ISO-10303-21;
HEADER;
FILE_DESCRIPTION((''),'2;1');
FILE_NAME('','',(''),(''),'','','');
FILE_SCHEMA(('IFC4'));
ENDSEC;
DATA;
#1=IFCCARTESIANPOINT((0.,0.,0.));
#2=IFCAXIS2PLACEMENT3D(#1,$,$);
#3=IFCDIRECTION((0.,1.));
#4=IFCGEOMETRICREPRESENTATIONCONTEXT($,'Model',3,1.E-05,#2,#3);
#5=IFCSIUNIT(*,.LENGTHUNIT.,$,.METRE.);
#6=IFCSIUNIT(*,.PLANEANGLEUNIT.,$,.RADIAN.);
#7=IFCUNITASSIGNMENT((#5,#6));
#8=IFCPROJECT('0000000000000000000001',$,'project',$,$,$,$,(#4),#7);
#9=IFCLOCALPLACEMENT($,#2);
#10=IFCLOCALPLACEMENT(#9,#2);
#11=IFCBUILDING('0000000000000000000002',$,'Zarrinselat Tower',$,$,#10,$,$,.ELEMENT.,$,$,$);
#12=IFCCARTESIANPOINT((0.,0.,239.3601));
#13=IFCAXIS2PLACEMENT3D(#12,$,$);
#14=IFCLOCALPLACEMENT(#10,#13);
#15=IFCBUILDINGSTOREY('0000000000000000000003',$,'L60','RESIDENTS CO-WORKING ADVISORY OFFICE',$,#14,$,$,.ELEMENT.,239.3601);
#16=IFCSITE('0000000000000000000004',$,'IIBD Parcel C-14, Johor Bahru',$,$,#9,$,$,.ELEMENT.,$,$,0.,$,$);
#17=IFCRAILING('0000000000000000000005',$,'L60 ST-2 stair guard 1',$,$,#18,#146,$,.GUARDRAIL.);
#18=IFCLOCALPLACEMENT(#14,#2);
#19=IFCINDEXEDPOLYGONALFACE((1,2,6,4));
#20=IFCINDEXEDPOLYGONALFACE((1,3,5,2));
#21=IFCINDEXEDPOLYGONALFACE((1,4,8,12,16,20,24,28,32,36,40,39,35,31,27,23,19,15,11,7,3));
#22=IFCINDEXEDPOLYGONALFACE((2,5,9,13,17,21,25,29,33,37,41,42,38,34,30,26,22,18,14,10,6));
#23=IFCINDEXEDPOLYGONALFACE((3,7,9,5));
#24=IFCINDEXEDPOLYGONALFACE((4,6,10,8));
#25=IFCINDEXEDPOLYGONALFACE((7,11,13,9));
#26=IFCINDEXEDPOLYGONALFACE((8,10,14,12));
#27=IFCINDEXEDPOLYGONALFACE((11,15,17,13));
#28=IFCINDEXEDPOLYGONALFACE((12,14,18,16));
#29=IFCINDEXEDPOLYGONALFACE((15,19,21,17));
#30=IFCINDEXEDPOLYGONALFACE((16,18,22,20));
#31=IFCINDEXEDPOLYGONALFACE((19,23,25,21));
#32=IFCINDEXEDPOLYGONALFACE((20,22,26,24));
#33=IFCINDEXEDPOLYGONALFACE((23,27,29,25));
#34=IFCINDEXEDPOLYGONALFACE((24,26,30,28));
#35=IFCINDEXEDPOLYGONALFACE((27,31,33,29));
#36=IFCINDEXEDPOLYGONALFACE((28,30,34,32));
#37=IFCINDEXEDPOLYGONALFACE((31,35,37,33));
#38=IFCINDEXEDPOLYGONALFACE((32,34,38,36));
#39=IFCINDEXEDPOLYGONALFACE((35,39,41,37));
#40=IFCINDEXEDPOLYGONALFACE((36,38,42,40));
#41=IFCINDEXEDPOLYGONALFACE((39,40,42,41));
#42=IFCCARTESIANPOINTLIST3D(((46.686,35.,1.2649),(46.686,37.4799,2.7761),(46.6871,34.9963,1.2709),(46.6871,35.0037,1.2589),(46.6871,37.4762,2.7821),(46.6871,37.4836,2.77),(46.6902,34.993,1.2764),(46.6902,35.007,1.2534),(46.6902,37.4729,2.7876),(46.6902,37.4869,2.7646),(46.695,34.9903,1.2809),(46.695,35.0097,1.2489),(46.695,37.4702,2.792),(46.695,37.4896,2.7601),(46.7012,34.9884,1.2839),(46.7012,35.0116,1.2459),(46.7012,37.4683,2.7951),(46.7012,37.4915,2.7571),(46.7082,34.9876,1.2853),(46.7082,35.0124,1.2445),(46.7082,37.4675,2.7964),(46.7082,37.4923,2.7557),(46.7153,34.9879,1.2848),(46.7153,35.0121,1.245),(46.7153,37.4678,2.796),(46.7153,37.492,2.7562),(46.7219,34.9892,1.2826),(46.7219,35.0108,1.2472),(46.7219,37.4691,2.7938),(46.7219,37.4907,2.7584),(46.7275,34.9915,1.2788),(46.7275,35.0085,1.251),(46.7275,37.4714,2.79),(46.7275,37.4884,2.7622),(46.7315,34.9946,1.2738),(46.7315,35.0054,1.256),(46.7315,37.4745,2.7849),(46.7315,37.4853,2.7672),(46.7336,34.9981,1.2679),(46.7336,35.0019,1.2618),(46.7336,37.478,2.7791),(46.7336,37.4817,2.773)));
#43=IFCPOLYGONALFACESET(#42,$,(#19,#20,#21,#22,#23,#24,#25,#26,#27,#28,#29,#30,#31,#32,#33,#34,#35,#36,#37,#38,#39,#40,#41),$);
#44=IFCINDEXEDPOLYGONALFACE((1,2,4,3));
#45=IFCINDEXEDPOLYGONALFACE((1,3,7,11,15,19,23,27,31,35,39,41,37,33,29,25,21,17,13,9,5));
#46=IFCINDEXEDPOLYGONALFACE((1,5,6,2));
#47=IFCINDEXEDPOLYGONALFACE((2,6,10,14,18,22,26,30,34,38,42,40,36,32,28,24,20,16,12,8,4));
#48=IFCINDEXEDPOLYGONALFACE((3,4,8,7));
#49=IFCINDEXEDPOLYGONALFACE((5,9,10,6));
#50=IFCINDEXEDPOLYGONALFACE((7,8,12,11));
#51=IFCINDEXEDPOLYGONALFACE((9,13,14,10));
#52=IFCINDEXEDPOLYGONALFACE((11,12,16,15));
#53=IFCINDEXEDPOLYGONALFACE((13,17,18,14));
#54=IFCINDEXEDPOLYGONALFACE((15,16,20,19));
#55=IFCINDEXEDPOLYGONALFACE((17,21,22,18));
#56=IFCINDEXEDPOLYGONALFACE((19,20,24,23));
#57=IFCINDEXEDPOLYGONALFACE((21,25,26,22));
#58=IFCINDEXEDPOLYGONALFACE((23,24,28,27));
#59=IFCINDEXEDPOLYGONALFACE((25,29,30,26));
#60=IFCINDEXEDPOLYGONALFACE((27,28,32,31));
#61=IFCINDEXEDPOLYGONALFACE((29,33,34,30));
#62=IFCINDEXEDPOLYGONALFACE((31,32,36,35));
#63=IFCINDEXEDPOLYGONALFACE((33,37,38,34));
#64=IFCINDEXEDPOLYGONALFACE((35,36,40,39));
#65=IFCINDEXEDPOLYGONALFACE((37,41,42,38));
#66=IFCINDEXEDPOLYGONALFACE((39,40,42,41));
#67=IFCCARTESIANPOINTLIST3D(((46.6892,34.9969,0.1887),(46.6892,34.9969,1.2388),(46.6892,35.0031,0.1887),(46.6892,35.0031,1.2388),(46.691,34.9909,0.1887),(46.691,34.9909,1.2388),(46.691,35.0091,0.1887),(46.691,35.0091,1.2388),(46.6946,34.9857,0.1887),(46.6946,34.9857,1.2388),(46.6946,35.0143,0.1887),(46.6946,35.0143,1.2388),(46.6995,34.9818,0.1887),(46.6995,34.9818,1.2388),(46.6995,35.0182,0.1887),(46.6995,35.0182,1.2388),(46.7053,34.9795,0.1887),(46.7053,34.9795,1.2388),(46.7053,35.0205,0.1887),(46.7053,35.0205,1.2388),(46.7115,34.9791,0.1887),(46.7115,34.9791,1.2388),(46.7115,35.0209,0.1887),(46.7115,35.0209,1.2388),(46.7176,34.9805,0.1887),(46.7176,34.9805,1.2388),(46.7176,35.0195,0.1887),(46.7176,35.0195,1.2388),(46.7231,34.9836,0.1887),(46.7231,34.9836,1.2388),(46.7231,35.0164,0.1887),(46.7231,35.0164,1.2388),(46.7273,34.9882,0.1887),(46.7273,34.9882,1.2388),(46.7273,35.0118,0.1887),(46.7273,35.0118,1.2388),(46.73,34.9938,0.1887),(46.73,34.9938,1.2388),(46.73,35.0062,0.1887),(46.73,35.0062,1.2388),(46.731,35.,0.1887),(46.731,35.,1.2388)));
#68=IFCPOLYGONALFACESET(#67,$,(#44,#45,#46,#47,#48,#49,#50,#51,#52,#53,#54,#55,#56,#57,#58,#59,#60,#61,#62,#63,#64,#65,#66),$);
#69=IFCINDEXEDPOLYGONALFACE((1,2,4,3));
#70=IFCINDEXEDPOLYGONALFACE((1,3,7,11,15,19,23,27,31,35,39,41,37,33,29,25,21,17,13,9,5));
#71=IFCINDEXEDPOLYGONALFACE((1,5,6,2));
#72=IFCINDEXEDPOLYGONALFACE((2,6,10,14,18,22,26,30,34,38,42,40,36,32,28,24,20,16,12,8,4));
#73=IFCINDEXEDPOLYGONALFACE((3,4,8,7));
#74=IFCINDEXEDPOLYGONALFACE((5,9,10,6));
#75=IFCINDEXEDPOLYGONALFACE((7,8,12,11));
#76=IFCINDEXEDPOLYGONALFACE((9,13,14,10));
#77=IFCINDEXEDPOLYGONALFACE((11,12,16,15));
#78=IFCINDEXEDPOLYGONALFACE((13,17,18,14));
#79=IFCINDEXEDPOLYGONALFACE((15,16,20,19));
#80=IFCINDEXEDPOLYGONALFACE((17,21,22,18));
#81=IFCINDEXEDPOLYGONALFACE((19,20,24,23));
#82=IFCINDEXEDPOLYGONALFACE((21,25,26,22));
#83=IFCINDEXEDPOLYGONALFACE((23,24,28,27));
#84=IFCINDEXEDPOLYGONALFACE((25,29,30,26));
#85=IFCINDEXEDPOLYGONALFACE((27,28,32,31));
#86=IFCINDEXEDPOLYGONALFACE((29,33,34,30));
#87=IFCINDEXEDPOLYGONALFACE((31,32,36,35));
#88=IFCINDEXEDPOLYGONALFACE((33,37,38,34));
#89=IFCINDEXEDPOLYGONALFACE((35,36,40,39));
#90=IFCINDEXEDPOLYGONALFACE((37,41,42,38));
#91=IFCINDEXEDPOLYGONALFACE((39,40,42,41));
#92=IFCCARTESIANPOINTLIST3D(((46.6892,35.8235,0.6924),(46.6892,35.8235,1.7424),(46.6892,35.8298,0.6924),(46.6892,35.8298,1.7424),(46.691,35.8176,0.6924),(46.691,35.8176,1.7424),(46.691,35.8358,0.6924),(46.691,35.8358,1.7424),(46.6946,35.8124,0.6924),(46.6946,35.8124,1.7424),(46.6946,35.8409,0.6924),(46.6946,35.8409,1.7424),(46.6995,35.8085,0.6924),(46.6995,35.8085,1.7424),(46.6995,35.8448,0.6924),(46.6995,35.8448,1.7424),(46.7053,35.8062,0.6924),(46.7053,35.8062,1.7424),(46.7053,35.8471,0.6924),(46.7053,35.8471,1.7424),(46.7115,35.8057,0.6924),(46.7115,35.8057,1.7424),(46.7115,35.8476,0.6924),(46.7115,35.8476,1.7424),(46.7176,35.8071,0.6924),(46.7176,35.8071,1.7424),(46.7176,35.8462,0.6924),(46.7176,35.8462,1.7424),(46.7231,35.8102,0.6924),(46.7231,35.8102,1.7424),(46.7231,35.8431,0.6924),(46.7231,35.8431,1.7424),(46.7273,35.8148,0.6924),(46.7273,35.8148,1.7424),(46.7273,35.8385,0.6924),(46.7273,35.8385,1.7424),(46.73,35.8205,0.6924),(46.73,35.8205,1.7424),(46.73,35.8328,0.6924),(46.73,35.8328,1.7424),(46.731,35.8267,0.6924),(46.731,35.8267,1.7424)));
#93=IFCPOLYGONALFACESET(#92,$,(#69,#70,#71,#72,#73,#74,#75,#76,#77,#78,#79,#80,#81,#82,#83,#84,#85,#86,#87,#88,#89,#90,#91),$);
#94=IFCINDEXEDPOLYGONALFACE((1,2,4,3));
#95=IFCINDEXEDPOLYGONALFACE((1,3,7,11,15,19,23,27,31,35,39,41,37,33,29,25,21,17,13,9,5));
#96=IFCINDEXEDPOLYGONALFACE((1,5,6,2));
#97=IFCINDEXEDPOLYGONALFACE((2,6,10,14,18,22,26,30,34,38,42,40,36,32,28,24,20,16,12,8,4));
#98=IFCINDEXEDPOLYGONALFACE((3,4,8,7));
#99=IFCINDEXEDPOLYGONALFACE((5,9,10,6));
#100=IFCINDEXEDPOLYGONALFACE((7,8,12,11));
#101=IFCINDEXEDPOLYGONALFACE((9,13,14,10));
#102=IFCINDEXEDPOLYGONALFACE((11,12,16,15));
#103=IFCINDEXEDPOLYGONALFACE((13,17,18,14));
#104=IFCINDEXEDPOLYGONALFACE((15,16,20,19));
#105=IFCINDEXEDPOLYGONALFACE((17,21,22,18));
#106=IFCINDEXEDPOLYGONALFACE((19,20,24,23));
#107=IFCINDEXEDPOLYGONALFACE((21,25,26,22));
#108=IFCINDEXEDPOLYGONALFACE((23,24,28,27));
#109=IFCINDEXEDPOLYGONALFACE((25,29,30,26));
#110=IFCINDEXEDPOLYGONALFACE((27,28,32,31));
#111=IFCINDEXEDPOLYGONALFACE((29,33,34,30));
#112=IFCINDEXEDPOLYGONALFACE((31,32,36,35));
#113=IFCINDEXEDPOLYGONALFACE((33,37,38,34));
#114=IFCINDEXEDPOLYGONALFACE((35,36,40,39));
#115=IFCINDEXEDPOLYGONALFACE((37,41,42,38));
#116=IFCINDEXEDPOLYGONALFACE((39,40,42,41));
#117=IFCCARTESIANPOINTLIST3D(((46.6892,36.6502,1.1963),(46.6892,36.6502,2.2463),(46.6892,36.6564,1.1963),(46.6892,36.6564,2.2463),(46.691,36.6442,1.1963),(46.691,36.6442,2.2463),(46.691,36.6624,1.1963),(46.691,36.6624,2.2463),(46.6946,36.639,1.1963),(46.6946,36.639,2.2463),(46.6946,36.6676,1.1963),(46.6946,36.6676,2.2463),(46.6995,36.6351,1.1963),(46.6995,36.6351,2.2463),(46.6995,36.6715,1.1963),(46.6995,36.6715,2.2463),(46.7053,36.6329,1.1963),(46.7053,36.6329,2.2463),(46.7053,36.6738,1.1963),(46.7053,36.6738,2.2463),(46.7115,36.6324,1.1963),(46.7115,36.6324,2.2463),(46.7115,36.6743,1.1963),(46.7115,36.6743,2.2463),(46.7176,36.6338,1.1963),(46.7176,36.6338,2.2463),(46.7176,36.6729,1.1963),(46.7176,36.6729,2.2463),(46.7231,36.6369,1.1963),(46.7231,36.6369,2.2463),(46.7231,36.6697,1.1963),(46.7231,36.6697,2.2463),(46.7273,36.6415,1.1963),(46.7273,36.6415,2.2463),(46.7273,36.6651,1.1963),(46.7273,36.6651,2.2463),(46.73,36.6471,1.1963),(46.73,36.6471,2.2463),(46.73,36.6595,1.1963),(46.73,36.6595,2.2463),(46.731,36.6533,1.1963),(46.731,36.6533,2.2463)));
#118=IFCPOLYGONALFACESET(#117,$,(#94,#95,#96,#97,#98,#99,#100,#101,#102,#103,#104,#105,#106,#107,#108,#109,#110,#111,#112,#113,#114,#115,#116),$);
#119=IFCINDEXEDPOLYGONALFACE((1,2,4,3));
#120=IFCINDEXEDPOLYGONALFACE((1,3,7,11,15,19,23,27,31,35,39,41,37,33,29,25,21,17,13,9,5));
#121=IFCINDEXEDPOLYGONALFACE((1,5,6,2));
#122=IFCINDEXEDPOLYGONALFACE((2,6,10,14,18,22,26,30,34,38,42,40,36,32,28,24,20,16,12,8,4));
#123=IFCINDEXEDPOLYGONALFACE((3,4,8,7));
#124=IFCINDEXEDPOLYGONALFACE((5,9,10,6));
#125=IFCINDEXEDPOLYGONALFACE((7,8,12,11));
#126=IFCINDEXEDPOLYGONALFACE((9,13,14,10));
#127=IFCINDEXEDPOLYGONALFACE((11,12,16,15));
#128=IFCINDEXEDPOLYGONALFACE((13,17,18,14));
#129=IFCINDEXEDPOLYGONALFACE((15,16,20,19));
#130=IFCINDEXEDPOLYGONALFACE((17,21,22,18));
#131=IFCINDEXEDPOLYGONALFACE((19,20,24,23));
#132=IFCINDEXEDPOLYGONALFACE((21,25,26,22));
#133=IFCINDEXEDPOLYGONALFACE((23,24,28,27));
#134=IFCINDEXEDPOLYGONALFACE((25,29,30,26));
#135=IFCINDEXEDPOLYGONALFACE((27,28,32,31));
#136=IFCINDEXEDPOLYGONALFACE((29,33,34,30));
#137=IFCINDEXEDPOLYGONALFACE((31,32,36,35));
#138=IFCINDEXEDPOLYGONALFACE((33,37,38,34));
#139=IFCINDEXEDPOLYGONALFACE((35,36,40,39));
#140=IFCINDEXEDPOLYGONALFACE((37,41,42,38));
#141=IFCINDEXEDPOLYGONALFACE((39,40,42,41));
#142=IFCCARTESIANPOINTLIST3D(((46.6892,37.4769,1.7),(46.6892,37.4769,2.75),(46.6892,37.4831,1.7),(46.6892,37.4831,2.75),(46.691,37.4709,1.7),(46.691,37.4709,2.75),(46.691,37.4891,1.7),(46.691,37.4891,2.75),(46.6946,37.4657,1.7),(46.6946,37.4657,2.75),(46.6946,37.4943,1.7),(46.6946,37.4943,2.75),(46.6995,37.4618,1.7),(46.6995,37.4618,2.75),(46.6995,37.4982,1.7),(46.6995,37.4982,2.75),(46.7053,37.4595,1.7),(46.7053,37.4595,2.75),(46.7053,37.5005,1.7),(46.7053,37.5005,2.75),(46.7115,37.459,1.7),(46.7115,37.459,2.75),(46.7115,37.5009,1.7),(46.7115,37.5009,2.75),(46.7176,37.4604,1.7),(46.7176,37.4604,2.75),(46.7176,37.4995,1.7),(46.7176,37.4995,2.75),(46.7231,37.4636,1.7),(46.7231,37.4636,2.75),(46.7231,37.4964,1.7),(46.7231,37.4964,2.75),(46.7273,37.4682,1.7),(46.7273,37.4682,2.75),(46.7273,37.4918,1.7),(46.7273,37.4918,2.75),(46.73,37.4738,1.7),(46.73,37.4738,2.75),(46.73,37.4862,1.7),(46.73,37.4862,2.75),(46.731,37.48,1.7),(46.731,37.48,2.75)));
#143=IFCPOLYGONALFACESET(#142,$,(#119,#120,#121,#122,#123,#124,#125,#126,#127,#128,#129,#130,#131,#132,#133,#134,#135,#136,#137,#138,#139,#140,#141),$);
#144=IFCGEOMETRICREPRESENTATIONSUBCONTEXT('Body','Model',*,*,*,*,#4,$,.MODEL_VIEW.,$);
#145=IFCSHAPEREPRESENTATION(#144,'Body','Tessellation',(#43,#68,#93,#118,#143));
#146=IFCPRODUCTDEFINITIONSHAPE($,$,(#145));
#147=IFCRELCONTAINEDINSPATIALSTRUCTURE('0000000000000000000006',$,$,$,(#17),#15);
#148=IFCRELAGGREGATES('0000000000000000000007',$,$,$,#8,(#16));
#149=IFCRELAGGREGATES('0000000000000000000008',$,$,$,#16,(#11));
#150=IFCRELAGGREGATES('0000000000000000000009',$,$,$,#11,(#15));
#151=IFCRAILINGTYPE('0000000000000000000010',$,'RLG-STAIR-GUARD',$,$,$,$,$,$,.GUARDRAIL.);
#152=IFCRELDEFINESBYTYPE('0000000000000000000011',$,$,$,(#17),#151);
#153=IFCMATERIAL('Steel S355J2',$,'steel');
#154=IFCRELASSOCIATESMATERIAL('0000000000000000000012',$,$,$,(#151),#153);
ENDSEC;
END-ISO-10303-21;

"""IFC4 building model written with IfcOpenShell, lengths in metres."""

from ifc_helpers import new_model, si_unit, direction, frame, origin, origin_2d, place, context, subcontext, project, spatial, circle, extrude, material, type_object, element, save


model = new_model("IFC4")

# Units and contexts
model_context = context("Model", 3, precision=1e-05, world=origin(), true_north=direction((0.0, 1.0)))
body_context = subcontext(model_context, "Body", "Model", "MODEL_VIEW")
ifc_project = project(units=[si_unit("LENGTHUNIT", "METRE"), si_unit("PLANEANGLEUNIT", "RADIAN")], contexts=[model_context])

# Site, building, storey
site_placement = place(None, origin())
site = spatial("IfcSite", under=ifc_project, at=site_placement, Name="IIBD Parcel C-14, Johor Bahru", CompositionType="ELEMENT", RefElevation=0.0)
building_placement = place(site_placement, origin())
building = spatial("IfcBuilding", under=site, at=building_placement, Name="Zarrinselat Tower", CompositionType="ELEMENT")
storey_placement = place(building_placement, frame((0.0, 0.0, 239.3601)))
storey = spatial("IfcBuildingStorey", under=building, at=storey_placement, Name="L60", Description="RESIDENTS CO-WORKING ADVISORY OFFICE", CompositionType="ELEMENT", Elevation=239.3601)

# Railing
ifc_material_1 = material(Name="Steel S355J2", Category="steel")
railing_type_1 = type_object("IfcRailingType", Name="RLG-STAIR-GUARD", PredefinedType="GUARDRAIL", material=ifc_material_1)
railing_1_placement = place(storey_placement, frame((46.71, 35.0, 0.1887)))
element("IfcRailing", 1, at=railing_1_placement, inside=storey, type_object=railing_type_1, Name="L60 ST-2 stair guard 1", PredefinedType="GUARDRAIL", context=body_context, shape_type="SweptSolid", body=[
    extrude(circle(Radius=0.0239, at=origin_2d()), frame((0.0, 0.0, 1.0762), z_axis=(0.0, 0.853942, 0.520368), x_axis=(-1.0, 0.0, 0.0)), (0.0, 0.0, 1.0), 2.9041),
    extrude(circle(Radius=0.021, at=origin_2d()), origin(), (0.0, 0.0, 1.0), 1.05),
    extrude(circle(Radius=0.021, at=origin_2d()), frame((0.0, 0.8267, 0.5037)), (0.0, 0.0, 1.0), 1.05),
    extrude(circle(Radius=0.021, at=origin_2d()), frame((0.0, 1.6533, 1.0076)), (0.0, 0.0, 1.0), 1.05),
    extrude(circle(Radius=0.021, at=origin_2d()), frame((0.0, 2.48, 1.5112)), (0.0, 0.0, 1.0), 1.05),
])

save(model, "model.ifc")
